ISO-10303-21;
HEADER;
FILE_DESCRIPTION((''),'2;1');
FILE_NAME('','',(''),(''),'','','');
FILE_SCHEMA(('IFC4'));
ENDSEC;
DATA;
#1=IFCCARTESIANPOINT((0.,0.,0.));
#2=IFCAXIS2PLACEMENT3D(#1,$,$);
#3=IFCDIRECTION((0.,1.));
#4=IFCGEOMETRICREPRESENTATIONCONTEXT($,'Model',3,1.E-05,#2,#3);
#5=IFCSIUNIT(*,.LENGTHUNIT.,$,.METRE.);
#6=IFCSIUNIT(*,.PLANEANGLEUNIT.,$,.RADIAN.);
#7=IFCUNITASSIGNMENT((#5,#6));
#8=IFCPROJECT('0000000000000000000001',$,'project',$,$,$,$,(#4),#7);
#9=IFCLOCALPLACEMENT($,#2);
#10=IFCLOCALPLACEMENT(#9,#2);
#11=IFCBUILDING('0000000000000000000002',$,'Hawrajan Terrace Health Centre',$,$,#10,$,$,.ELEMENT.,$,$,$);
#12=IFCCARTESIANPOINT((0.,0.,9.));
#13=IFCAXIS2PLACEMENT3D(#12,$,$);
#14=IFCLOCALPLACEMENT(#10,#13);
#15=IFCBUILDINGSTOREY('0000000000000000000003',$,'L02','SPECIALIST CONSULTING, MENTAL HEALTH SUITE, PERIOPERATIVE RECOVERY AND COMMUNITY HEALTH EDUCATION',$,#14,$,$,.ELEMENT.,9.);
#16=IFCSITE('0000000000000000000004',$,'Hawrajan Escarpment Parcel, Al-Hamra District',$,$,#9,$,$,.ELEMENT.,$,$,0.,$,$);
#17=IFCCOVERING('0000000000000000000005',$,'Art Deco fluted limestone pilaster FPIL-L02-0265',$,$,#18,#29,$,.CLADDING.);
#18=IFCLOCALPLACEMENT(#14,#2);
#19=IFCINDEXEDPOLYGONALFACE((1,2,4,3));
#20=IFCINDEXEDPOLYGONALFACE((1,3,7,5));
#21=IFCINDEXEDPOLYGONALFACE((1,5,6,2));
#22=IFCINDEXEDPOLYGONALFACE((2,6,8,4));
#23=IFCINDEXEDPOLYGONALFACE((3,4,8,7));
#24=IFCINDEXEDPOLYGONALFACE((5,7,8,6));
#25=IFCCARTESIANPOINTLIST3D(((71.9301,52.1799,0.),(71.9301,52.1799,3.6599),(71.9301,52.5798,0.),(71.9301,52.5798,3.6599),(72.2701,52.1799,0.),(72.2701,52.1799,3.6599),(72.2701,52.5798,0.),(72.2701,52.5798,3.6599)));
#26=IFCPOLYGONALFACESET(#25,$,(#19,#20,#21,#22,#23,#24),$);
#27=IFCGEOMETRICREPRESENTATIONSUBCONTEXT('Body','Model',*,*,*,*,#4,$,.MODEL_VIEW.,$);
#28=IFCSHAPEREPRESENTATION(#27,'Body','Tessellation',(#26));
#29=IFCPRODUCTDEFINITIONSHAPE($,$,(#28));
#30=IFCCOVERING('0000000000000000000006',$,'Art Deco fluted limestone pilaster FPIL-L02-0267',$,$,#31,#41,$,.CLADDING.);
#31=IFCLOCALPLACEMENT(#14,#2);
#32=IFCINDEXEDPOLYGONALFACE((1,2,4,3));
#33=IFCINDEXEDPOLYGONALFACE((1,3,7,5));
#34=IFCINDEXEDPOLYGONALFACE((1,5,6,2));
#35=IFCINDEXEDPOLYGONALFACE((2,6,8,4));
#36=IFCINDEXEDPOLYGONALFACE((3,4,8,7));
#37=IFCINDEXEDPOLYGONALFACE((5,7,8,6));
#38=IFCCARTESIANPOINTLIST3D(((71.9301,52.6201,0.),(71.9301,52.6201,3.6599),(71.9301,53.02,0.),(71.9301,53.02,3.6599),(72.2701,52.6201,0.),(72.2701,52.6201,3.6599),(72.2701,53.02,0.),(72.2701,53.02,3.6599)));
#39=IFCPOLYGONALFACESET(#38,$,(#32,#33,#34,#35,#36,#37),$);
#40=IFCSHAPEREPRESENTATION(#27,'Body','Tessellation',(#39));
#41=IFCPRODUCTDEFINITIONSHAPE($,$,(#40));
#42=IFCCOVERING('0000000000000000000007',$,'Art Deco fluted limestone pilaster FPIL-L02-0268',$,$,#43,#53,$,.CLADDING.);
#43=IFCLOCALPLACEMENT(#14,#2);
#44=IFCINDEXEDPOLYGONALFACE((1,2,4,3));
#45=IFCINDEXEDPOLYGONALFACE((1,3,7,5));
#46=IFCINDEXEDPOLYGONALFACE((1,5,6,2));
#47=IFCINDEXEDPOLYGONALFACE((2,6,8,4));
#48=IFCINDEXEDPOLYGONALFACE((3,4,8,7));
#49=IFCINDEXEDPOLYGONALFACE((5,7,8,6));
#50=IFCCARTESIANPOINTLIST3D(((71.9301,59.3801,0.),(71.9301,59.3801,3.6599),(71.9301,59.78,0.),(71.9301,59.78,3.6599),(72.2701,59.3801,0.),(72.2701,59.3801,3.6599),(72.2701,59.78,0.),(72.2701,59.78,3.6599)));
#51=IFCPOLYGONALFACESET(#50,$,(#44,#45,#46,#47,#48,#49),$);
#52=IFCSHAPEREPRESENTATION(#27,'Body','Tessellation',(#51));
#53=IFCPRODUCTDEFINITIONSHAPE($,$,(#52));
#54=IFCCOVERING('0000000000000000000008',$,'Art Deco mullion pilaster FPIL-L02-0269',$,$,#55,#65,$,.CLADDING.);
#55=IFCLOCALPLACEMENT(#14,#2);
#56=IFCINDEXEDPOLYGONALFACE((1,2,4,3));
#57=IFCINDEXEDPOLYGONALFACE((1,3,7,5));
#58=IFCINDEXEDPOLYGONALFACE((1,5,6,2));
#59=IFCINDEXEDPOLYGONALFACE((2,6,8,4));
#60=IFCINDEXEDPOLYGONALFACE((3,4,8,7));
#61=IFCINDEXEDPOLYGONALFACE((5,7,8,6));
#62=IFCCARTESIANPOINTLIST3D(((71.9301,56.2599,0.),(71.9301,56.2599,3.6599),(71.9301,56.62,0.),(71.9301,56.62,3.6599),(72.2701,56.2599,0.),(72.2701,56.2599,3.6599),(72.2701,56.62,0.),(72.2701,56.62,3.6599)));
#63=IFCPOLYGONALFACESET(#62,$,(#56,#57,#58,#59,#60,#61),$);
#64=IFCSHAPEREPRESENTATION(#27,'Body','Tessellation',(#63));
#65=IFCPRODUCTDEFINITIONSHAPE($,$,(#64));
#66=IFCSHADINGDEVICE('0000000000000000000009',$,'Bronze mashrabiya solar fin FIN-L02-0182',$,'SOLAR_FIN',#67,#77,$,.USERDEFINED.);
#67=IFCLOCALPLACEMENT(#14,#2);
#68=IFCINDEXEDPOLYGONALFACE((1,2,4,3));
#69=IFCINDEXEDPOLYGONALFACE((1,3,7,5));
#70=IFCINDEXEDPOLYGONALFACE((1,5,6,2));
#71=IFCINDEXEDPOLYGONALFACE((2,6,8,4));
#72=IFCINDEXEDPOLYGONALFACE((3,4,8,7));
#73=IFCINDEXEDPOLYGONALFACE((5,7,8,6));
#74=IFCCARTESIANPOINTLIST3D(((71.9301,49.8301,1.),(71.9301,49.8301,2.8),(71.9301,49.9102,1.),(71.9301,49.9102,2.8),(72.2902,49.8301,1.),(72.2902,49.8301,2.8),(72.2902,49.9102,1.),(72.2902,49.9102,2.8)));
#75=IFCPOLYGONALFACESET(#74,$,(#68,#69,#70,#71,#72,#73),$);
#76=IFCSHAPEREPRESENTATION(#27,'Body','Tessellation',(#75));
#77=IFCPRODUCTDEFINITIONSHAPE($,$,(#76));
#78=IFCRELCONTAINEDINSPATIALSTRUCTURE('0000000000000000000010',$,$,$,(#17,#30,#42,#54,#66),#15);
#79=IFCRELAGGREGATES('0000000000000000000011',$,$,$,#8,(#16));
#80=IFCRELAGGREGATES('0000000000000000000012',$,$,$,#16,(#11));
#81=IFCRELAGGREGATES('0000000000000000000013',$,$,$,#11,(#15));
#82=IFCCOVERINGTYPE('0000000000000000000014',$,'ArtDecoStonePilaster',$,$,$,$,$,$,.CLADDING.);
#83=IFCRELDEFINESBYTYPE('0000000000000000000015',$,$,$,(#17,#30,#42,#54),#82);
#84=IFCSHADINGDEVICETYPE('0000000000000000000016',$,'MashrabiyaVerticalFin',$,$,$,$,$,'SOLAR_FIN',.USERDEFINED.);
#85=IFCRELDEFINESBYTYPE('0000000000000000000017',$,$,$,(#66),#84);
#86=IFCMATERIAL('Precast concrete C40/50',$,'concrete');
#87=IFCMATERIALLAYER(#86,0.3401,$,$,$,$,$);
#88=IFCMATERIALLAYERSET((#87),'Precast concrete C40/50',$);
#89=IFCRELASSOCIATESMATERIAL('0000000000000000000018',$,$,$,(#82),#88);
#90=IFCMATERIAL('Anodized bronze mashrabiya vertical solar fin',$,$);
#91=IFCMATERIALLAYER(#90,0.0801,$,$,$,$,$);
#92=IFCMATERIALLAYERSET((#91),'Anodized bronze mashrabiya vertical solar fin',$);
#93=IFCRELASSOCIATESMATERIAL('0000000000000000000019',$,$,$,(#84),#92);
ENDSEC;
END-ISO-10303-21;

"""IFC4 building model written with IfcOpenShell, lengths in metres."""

from ifc_helpers import new_model, si_unit, direction, frame, origin, origin_2d, place, context, subcontext, project, spatial, rectangle, extrude, material, layer, layer_set, type_object, element, save


model = new_model("IFC4")

# Units and contexts
model_context = context("Model", 3, precision=1e-05, world=origin(), true_north=direction((0.0, 1.0)))
body_context = subcontext(model_context, "Body", "Model", "MODEL_VIEW")
ifc_project = project(units=[si_unit("LENGTHUNIT", "METRE"), si_unit("PLANEANGLEUNIT", "RADIAN")], contexts=[model_context])

# Site, building, storey
site_placement = place(None, origin())
site = spatial("IfcSite", under=ifc_project, at=site_placement, Name="Hawrajan Escarpment Parcel, Al-Hamra District", CompositionType="ELEMENT", RefElevation=0.0)
building_placement = place(site_placement, origin())
building = spatial("IfcBuilding", under=site, at=building_placement, Name="Hawrajan Terrace Health Centre", CompositionType="ELEMENT")
storey_placement = place(building_placement, frame((0.0, 0.0, 9.0)))
storey = spatial("IfcBuildingStorey", under=building, at=storey_placement, Name="L02", Description="SPECIALIST CONSULTING, MENTAL HEALTH SUITE, PERIOPERATIVE RECOVERY AND COMMUNITY HEALTH EDUCATION", CompositionType="ELEMENT", Elevation=9.0)

# Shared definitions
ifc_material_1 = material(Name="Precast concrete C40/50", Category="concrete")

# Coverings
ifc_layer_1 = layer(ifc_material_1, 0.3401)
ifc_layer_set_1 = layer_set([ifc_layer_1], Name="Precast concrete C40/50")
covering_type_1 = type_object("IfcCoveringType", Name="ArtDecoStonePilaster", PredefinedType="CLADDING", material=ifc_layer_set_1)
for number, where, z_axis, x_axis, name in (
    (1, (72.1001, 52.3799, 0.0), (0.0, 0.0, 1.0), (0.0, 1.0, 0.0), "Art Deco fluted limestone pilaster FPIL-L02-0265"),
    (2, (72.1001, 52.8201, 0.0), (0.0, 0.0, 1.0), (0.0, 1.0, 0.0), "Art Deco fluted limestone pilaster FPIL-L02-0267"),
    (3, (72.1001, 59.5801, 0.0), (0.0, 0.0, 1.0), (0.0, 1.0, 0.0), "Art Deco fluted limestone pilaster FPIL-L02-0268"),
):
    element("IfcCovering", number, at=place(storey_placement, frame(where, z_axis=z_axis, x_axis=x_axis)), inside=storey, type_object=covering_type_1, Name=name, PredefinedType="CLADDING", context=body_context, shape_type="SweptSolid", body=[
        extrude(rectangle(XDim=0.3999, YDim=0.3401, at=origin_2d()), origin(), (0.0, 0.0, 1.0), 3.6599),
    ])
covering_placement = place(storey_placement, frame((72.1001, 56.4399, 0.0), z_axis=(0.0, 0.0, 1.0), x_axis=(0.0, 1.0, 0.0)))
element("IfcCovering", 4, at=covering_placement, inside=storey, type_object=covering_type_1, Name="Art Deco mullion pilaster FPIL-L02-0269", PredefinedType="CLADDING", context=body_context, shape_type="SweptSolid", body=[
    extrude(rectangle(XDim=0.3601, YDim=0.3401, at=origin_2d()), origin(), (0.0, 0.0, 1.0), 3.6599),
])

# Shading device
ifc_material_2 = material(Name="Anodized bronze mashrabiya vertical solar fin")
ifc_layer_2 = layer(ifc_material_2, 0.0801)
ifc_layer_set_2 = layer_set([ifc_layer_2], Name="Anodized bronze mashrabiya vertical solar fin")
shading_device_type = type_object("IfcShadingDeviceType", Name="MashrabiyaVerticalFin", ElementType="SOLAR_FIN", PredefinedType="USERDEFINED", material=ifc_layer_set_2)
shading_device_placement = place(storey_placement, frame((72.1101, 49.8701, 1.0), z_axis=(0.0, 0.0, 1.0), x_axis=(0.0, 1.0, 0.0)))
element("IfcShadingDevice", 5, at=shading_device_placement, inside=storey, type_object=shading_device_type, Name="Bronze mashrabiya solar fin FIN-L02-0182", ObjectType="SOLAR_FIN", PredefinedType="USERDEFINED", context=body_context, shape_type="SweptSolid", body=[
    extrude(rectangle(XDim=0.0801, YDim=0.3601, at=origin_2d()), origin(), (0.0, 0.0, 1.0), 1.8),
])

save(model, "model.ifc")
